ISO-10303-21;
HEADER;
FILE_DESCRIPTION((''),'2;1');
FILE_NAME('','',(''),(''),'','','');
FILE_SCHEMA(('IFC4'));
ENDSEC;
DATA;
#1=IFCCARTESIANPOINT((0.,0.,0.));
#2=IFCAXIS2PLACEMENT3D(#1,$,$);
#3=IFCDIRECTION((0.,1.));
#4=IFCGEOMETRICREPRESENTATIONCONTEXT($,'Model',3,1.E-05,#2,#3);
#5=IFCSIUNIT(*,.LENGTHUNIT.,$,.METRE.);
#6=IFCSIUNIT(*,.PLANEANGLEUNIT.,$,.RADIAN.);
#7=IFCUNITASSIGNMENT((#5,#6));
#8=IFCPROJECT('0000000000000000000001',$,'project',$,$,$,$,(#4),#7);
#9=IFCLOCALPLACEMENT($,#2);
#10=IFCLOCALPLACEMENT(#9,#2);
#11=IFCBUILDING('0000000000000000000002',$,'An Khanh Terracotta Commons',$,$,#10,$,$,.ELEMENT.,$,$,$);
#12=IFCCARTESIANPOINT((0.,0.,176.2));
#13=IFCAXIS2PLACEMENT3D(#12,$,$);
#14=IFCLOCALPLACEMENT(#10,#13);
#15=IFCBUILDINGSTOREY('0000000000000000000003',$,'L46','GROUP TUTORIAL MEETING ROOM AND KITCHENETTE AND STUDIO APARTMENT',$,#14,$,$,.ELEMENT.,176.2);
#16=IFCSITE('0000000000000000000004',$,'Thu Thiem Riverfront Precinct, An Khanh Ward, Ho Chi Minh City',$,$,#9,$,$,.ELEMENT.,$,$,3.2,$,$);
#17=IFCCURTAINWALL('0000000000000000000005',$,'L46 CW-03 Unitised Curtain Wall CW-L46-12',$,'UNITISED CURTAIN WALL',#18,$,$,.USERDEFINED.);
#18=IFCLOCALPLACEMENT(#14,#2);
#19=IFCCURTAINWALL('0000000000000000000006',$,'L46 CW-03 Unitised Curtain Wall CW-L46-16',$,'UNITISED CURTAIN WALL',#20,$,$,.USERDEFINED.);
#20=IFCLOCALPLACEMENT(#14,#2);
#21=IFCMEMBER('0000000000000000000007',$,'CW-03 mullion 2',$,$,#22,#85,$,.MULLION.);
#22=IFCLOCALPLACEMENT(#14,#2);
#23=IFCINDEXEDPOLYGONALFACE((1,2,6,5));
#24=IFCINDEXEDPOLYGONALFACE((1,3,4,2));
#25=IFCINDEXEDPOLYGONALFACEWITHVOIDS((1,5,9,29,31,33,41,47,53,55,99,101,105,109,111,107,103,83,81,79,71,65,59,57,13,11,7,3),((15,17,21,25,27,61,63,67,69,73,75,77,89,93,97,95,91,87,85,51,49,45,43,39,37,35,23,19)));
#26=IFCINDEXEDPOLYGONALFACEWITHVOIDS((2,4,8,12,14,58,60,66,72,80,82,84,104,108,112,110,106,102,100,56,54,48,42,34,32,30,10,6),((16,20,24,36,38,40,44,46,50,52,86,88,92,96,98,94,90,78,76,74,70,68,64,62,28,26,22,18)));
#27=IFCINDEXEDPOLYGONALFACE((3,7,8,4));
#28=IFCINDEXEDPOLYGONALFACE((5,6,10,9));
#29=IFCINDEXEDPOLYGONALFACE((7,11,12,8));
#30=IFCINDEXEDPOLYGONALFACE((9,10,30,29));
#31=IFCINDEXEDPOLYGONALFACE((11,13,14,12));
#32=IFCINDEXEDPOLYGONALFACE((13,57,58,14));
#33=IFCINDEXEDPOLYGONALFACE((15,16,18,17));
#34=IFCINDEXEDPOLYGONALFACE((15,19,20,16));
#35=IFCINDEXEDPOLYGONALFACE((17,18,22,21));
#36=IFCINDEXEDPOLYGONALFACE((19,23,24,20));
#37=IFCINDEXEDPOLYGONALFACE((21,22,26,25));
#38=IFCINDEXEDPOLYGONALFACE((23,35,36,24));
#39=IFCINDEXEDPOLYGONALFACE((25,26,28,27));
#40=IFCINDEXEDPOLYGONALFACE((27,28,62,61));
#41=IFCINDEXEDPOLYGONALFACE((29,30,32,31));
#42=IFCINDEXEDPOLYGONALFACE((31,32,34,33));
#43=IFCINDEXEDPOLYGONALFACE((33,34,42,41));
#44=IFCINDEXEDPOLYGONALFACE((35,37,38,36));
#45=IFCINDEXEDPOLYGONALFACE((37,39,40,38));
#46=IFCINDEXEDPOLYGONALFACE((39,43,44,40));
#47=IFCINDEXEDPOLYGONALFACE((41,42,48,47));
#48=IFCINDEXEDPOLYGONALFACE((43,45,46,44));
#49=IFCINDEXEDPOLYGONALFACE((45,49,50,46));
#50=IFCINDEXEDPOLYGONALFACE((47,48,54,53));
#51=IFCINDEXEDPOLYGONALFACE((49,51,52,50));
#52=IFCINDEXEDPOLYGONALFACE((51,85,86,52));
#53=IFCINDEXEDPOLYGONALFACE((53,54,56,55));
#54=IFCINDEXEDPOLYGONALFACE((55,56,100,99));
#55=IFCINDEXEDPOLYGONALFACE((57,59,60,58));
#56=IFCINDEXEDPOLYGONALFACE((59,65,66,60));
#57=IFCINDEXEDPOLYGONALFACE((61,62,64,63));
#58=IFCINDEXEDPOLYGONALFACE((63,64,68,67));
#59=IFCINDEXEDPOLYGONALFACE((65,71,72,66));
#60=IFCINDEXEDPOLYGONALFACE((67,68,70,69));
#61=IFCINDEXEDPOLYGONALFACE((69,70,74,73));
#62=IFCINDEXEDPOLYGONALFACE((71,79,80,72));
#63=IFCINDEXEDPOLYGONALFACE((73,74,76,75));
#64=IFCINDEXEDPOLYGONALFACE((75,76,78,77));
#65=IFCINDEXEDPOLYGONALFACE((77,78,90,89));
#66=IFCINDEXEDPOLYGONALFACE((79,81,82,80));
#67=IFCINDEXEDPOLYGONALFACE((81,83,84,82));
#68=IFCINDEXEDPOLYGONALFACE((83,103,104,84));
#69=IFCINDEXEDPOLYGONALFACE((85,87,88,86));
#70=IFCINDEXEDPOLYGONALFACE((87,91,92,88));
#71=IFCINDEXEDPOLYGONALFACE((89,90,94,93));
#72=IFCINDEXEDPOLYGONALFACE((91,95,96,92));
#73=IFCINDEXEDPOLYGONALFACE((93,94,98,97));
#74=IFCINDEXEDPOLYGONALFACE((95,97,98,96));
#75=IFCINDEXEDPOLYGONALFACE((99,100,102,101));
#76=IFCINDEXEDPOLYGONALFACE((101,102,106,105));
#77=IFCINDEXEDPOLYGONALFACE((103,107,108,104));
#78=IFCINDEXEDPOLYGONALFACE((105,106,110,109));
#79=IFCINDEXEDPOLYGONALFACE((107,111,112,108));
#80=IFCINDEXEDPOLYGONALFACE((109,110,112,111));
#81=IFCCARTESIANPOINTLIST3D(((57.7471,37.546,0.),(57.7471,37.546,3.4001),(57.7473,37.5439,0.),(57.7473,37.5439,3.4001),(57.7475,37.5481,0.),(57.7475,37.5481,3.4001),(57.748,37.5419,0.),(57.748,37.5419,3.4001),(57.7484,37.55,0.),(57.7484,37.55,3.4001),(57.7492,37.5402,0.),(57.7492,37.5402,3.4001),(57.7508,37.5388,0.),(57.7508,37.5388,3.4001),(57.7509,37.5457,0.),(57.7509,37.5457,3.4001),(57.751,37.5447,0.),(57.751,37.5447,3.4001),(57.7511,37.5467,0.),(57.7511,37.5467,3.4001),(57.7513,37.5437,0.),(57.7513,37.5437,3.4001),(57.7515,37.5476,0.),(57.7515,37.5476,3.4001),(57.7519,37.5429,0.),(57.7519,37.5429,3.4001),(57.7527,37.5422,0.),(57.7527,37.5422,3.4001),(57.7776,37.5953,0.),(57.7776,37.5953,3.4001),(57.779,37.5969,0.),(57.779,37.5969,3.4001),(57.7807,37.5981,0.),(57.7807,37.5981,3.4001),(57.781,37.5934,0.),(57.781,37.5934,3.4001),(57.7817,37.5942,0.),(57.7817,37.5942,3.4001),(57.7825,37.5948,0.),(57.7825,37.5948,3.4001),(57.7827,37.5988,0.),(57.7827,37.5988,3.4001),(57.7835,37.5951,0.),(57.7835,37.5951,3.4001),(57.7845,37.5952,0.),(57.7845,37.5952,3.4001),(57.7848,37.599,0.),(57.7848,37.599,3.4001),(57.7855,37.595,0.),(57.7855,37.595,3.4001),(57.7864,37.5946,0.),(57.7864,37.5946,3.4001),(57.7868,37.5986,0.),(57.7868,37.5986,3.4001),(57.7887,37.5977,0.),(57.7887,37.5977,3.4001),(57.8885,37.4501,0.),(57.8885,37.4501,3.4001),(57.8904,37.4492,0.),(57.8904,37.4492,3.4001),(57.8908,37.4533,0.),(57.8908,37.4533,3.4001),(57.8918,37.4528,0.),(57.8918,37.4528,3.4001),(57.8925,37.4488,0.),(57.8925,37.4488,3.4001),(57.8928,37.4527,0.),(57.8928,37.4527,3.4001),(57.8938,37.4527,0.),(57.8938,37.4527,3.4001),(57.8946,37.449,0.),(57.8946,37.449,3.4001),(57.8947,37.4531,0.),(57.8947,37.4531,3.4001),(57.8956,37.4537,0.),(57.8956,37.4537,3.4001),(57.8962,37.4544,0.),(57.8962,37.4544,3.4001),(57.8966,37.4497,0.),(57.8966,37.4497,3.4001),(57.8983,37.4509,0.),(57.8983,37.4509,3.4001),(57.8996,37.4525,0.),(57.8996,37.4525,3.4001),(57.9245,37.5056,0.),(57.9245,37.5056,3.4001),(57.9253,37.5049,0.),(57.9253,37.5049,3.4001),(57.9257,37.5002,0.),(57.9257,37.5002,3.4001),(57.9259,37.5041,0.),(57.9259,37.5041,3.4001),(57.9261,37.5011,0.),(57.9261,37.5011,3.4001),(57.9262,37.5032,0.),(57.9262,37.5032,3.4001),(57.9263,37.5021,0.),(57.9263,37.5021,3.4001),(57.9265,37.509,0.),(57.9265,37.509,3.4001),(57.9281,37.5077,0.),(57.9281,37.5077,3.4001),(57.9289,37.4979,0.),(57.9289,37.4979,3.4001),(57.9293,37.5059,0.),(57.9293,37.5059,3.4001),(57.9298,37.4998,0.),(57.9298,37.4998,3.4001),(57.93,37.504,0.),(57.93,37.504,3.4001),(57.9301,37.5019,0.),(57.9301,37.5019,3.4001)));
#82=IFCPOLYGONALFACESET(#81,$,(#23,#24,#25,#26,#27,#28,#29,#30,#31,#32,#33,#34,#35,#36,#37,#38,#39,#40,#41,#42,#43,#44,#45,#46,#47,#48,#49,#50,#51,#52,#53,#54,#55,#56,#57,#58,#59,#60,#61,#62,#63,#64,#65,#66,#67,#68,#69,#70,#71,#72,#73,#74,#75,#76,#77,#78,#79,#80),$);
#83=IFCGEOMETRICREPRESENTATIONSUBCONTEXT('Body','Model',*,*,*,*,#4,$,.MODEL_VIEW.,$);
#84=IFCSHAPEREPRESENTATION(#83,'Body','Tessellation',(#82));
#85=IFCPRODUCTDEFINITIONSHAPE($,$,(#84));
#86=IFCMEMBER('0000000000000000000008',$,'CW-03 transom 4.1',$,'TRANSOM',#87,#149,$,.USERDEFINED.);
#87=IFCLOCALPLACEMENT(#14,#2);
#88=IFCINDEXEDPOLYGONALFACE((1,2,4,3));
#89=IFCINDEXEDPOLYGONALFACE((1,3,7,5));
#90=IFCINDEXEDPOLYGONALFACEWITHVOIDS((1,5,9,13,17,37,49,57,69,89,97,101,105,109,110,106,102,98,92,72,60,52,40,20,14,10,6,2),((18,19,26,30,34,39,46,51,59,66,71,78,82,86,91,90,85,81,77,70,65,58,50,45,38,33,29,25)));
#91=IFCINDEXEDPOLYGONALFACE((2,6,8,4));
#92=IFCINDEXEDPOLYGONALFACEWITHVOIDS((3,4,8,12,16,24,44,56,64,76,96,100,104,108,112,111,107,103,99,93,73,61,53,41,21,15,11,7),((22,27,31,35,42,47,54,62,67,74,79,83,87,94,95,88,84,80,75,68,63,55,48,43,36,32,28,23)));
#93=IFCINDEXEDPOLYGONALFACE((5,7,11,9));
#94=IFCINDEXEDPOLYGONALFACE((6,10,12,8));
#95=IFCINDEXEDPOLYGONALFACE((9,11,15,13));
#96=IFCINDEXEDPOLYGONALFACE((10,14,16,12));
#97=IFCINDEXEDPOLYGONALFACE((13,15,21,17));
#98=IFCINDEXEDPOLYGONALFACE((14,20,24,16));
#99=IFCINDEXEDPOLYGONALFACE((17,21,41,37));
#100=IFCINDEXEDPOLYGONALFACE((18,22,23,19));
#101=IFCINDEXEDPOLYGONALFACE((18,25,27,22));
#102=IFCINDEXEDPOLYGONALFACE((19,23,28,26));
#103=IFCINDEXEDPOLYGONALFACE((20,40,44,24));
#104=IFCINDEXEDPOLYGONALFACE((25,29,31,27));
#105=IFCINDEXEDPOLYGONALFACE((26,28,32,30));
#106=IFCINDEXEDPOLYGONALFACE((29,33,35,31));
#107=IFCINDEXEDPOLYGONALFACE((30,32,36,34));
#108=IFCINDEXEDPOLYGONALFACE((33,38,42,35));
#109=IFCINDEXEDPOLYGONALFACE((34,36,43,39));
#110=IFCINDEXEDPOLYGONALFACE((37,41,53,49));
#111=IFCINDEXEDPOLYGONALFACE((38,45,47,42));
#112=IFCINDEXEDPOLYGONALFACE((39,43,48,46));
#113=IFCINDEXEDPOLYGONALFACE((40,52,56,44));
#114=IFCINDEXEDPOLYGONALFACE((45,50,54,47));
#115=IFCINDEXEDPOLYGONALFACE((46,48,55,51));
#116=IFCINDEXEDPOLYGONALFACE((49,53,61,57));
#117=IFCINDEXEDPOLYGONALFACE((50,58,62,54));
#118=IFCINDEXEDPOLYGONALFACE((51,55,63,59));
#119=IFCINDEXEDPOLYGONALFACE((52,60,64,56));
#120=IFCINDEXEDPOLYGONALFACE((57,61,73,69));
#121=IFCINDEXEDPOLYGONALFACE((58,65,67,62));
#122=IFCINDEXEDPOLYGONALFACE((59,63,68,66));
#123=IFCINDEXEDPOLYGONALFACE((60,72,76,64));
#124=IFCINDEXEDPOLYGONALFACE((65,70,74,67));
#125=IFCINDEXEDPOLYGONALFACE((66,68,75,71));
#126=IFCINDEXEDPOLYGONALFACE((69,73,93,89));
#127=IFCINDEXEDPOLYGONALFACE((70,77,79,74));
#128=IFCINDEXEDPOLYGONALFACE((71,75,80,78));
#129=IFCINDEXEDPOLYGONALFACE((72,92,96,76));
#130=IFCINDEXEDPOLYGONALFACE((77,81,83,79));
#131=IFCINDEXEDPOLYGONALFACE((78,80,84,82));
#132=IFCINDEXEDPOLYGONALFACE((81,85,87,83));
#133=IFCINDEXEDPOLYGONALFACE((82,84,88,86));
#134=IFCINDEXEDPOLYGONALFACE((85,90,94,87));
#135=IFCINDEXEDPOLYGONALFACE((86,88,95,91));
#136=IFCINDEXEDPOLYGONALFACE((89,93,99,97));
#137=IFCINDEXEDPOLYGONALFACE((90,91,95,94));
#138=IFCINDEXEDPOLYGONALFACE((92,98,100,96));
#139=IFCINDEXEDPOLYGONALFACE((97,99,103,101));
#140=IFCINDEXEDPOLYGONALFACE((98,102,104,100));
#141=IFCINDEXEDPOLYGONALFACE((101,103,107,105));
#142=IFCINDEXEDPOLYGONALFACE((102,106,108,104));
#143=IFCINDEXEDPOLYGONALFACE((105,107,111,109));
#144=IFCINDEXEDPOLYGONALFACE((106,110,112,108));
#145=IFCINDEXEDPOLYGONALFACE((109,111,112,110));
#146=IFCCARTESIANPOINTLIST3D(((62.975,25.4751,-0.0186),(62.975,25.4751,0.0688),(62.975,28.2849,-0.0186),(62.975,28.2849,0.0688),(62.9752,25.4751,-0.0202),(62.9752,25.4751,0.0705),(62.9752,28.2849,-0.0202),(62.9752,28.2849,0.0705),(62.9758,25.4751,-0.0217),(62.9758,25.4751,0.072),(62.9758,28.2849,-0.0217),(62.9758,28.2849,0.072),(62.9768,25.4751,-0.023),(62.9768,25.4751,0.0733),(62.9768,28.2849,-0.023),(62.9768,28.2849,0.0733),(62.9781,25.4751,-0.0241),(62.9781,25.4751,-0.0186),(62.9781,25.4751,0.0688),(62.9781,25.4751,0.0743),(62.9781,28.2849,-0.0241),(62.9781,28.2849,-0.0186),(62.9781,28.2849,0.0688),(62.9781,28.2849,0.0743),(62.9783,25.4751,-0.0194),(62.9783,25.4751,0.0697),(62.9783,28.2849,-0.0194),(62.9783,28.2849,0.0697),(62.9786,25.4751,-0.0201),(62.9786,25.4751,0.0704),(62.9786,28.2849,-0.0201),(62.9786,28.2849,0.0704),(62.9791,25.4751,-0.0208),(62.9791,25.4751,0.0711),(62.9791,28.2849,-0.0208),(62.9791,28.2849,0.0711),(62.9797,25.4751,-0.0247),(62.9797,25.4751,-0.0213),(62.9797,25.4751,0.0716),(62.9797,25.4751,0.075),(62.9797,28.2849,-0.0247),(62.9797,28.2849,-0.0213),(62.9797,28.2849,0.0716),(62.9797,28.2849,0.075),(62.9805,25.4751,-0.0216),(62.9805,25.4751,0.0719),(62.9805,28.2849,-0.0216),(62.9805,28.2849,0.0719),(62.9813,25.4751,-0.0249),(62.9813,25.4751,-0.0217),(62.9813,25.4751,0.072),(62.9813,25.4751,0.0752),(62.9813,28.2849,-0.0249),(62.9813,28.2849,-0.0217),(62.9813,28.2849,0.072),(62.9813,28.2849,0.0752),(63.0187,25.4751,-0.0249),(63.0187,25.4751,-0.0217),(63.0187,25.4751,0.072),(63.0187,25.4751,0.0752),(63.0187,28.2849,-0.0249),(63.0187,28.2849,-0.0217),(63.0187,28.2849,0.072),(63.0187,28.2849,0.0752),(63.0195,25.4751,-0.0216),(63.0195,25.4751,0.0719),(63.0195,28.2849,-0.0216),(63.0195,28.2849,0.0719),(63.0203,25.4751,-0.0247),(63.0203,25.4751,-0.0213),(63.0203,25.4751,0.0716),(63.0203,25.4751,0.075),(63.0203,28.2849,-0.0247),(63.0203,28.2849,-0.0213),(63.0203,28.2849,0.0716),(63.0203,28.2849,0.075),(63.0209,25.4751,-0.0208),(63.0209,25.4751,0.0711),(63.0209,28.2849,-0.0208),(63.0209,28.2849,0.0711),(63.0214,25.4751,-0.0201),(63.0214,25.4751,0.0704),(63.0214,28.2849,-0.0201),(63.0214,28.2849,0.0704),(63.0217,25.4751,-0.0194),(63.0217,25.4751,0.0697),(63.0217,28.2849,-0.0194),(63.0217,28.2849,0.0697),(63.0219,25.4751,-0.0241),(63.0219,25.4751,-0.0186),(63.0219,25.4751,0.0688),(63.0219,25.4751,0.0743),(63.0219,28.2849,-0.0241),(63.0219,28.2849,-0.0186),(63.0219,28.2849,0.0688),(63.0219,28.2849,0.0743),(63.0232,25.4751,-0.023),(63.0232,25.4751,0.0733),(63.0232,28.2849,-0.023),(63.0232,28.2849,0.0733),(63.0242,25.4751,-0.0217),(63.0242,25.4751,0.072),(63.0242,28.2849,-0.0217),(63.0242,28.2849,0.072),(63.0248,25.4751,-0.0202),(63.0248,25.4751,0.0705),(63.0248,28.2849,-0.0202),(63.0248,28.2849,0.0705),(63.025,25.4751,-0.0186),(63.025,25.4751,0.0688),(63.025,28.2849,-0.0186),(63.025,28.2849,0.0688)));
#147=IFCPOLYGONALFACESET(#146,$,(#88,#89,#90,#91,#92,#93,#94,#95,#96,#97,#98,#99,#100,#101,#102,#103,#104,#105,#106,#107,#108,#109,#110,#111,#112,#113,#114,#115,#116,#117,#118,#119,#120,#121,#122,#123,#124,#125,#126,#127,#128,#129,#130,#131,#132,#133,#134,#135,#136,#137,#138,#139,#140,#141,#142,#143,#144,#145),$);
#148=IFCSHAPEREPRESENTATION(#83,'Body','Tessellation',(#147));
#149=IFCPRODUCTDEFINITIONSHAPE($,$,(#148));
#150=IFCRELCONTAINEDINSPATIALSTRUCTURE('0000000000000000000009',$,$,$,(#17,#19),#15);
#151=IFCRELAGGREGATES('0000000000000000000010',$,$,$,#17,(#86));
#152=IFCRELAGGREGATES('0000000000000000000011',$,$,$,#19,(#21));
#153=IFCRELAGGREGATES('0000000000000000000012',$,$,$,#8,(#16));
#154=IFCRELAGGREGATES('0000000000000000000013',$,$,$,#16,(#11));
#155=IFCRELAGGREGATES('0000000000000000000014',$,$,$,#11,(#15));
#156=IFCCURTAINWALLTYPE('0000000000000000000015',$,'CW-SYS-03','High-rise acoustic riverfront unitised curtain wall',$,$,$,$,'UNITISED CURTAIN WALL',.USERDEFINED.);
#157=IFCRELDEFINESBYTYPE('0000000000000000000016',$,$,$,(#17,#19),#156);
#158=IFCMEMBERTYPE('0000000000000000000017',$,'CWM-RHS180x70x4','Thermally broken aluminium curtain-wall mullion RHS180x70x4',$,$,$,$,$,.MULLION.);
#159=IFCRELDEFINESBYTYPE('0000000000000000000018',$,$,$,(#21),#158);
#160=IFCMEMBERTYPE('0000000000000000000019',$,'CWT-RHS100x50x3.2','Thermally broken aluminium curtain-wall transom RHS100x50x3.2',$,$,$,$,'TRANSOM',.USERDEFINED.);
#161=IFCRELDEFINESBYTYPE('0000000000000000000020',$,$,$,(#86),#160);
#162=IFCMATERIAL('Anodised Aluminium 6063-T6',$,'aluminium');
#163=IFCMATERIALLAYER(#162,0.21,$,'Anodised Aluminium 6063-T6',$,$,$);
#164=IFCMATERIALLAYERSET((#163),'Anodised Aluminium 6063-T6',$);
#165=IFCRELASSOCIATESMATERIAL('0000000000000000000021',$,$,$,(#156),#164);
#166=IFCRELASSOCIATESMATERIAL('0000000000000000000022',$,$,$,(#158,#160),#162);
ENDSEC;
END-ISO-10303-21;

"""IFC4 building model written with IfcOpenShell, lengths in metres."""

from ifc_helpers import new_model, si_unit, direction, frame, origin, origin_2d, place, context, subcontext, project, spatial, hollow_rectangle, extrude, material, layer, layer_set, material_profile, profile_set, type_object, element, aggregate, save


model = new_model("IFC4")

# Units and contexts
model_context = context("Model", 3, precision=1e-05, world=origin(), true_north=direction((0.0, 1.0)))
body_context = subcontext(model_context, "Body", "Model", "MODEL_VIEW")
ifc_project = project(units=[si_unit("LENGTHUNIT", "METRE"), si_unit("PLANEANGLEUNIT", "RADIAN")], contexts=[model_context])

# Site, building, storey
site_placement = place(None, origin())
site = spatial("IfcSite", under=ifc_project, at=site_placement, Name="Thu Thiem Riverfront Precinct, An Khanh Ward, Ho Chi Minh City", CompositionType="ELEMENT", RefElevation=3.2)
building_placement = place(site_placement, origin())
building = spatial("IfcBuilding", under=site, at=building_placement, Name="An Khanh Terracotta Commons", CompositionType="ELEMENT")
storey_placement = place(building_placement, frame((0.0, 0.0, 176.2)))
storey = spatial("IfcBuildingStorey", under=building, at=storey_placement, Name="L46", Description="GROUP TUTORIAL MEETING ROOM AND KITCHENETTE AND STUDIO APARTMENT", CompositionType="ELEMENT", Elevation=176.2)

# Curtain walls, member
ifc_material_1 = material(Name="Anodised Aluminium 6063-T6", Category="aluminium")
ifc_layer_1 = layer(ifc_material_1, 0.21, Name="Anodised Aluminium 6063-T6")
ifc_layer_set_1 = layer_set([ifc_layer_1], Name="Anodised Aluminium 6063-T6")
curtain_wall_type = type_object("IfcCurtainWallType", Name="CW-SYS-03", Description="High-rise acoustic riverfront unitised curtain wall", ElementType="UNITISED CURTAIN WALL", PredefinedType="USERDEFINED", material=ifc_layer_set_1)
curtain_wall_1_placement = place(storey_placement, origin())
curtain_wall_1 = element("IfcCurtainWall", 1, at=curtain_wall_1_placement, inside=storey, type_object=curtain_wall_type, Name="L46 CW-03 Unitised Curtain Wall CW-L46-12", ObjectType="UNITISED CURTAIN WALL", PredefinedType="USERDEFINED")
ifc_material_profile_1 = material_profile(ifc_material_1, hollow_rectangle(XDim=0.0701, YDim=0.1799, WallThickness=0.0039, InnerFilletRadius=0.0039, OuterFilletRadius=0.0081, at=origin_2d()), Name="RHS180x70x4")
ifc_profile_set_1 = profile_set([ifc_material_profile_1], Name="Anodised Aluminium 6063-T6")
member_type_1 = type_object("IfcMemberType", Name="CWM-RHS180x70x4", Description="Thermally broken aluminium curtain-wall mullion RHS180x70x4", PredefinedType="MULLION", material=ifc_profile_set_1)
curtain_wall_2_placement = place(storey_placement, origin())
curtain_wall_2 = element("IfcCurtainWall", 2, at=curtain_wall_2_placement, inside=storey, type_object=curtain_wall_type, Name="L46 CW-03 Unitised Curtain Wall CW-L46-16", ObjectType="UNITISED CURTAIN WALL", PredefinedType="USERDEFINED")
member_1_placement = place(storey_placement, frame((57.8386, 37.5239, 0.0), z_axis=(0.0, 0.0, 1.0), x_axis=(-0.541498, -0.840702, 0.0)))
member_1 = element("IfcMember", 3, at=member_1_placement, type_object=member_type_1, Name="CW-03 mullion 2", PredefinedType="MULLION", context=body_context, shape_type="SweptSolid", body=[
    extrude(hollow_rectangle(XDim=0.0701, YDim=0.1799, WallThickness=0.0039, InnerFilletRadius=0.0039, OuterFilletRadius=0.0081, at=origin_2d()), origin(), (0.0, 0.0, 1.0), 3.4001),
])

# Member
ifc_material_profile_2 = material_profile(ifc_material_1, hollow_rectangle(XDim=0.05, YDim=0.1001, WallThickness=0.0032, InnerFilletRadius=0.0032, OuterFilletRadius=0.0063, at=origin_2d()), Name="RHS100x50x3.2")
ifc_profile_set_2 = profile_set([ifc_material_profile_2], Name="Anodised Aluminium 6063-T6")
member_type_2 = type_object("IfcMemberType", Name="CWT-RHS100x50x3.2", Description="Thermally broken aluminium curtain-wall transom RHS100x50x3.2", ElementType="TRANSOM", PredefinedType="USERDEFINED", material=ifc_profile_set_2)
member_2_placement = place(storey_placement, frame((63.0, 25.4751, 0.0251), z_axis=(0.0, 1.0, 0.0), x_axis=(-1.0, 0.0, 0.0)))
member_2 = element("IfcMember", 4, at=member_2_placement, type_object=member_type_2, Name="CW-03 transom 4.1", ObjectType="TRANSOM", PredefinedType="USERDEFINED", context=body_context, shape_type="SweptSolid", body=[
    extrude(hollow_rectangle(XDim=0.05, YDim=0.1001, WallThickness=0.0032, InnerFilletRadius=0.0032, OuterFilletRadius=0.0063, at=origin_2d()), origin(), (0.0, 0.0, 1.0), 2.8098),
])

aggregate(curtain_wall_1, [member_2])
aggregate(curtain_wall_2, [member_1])

save(model, "model.ifc")
